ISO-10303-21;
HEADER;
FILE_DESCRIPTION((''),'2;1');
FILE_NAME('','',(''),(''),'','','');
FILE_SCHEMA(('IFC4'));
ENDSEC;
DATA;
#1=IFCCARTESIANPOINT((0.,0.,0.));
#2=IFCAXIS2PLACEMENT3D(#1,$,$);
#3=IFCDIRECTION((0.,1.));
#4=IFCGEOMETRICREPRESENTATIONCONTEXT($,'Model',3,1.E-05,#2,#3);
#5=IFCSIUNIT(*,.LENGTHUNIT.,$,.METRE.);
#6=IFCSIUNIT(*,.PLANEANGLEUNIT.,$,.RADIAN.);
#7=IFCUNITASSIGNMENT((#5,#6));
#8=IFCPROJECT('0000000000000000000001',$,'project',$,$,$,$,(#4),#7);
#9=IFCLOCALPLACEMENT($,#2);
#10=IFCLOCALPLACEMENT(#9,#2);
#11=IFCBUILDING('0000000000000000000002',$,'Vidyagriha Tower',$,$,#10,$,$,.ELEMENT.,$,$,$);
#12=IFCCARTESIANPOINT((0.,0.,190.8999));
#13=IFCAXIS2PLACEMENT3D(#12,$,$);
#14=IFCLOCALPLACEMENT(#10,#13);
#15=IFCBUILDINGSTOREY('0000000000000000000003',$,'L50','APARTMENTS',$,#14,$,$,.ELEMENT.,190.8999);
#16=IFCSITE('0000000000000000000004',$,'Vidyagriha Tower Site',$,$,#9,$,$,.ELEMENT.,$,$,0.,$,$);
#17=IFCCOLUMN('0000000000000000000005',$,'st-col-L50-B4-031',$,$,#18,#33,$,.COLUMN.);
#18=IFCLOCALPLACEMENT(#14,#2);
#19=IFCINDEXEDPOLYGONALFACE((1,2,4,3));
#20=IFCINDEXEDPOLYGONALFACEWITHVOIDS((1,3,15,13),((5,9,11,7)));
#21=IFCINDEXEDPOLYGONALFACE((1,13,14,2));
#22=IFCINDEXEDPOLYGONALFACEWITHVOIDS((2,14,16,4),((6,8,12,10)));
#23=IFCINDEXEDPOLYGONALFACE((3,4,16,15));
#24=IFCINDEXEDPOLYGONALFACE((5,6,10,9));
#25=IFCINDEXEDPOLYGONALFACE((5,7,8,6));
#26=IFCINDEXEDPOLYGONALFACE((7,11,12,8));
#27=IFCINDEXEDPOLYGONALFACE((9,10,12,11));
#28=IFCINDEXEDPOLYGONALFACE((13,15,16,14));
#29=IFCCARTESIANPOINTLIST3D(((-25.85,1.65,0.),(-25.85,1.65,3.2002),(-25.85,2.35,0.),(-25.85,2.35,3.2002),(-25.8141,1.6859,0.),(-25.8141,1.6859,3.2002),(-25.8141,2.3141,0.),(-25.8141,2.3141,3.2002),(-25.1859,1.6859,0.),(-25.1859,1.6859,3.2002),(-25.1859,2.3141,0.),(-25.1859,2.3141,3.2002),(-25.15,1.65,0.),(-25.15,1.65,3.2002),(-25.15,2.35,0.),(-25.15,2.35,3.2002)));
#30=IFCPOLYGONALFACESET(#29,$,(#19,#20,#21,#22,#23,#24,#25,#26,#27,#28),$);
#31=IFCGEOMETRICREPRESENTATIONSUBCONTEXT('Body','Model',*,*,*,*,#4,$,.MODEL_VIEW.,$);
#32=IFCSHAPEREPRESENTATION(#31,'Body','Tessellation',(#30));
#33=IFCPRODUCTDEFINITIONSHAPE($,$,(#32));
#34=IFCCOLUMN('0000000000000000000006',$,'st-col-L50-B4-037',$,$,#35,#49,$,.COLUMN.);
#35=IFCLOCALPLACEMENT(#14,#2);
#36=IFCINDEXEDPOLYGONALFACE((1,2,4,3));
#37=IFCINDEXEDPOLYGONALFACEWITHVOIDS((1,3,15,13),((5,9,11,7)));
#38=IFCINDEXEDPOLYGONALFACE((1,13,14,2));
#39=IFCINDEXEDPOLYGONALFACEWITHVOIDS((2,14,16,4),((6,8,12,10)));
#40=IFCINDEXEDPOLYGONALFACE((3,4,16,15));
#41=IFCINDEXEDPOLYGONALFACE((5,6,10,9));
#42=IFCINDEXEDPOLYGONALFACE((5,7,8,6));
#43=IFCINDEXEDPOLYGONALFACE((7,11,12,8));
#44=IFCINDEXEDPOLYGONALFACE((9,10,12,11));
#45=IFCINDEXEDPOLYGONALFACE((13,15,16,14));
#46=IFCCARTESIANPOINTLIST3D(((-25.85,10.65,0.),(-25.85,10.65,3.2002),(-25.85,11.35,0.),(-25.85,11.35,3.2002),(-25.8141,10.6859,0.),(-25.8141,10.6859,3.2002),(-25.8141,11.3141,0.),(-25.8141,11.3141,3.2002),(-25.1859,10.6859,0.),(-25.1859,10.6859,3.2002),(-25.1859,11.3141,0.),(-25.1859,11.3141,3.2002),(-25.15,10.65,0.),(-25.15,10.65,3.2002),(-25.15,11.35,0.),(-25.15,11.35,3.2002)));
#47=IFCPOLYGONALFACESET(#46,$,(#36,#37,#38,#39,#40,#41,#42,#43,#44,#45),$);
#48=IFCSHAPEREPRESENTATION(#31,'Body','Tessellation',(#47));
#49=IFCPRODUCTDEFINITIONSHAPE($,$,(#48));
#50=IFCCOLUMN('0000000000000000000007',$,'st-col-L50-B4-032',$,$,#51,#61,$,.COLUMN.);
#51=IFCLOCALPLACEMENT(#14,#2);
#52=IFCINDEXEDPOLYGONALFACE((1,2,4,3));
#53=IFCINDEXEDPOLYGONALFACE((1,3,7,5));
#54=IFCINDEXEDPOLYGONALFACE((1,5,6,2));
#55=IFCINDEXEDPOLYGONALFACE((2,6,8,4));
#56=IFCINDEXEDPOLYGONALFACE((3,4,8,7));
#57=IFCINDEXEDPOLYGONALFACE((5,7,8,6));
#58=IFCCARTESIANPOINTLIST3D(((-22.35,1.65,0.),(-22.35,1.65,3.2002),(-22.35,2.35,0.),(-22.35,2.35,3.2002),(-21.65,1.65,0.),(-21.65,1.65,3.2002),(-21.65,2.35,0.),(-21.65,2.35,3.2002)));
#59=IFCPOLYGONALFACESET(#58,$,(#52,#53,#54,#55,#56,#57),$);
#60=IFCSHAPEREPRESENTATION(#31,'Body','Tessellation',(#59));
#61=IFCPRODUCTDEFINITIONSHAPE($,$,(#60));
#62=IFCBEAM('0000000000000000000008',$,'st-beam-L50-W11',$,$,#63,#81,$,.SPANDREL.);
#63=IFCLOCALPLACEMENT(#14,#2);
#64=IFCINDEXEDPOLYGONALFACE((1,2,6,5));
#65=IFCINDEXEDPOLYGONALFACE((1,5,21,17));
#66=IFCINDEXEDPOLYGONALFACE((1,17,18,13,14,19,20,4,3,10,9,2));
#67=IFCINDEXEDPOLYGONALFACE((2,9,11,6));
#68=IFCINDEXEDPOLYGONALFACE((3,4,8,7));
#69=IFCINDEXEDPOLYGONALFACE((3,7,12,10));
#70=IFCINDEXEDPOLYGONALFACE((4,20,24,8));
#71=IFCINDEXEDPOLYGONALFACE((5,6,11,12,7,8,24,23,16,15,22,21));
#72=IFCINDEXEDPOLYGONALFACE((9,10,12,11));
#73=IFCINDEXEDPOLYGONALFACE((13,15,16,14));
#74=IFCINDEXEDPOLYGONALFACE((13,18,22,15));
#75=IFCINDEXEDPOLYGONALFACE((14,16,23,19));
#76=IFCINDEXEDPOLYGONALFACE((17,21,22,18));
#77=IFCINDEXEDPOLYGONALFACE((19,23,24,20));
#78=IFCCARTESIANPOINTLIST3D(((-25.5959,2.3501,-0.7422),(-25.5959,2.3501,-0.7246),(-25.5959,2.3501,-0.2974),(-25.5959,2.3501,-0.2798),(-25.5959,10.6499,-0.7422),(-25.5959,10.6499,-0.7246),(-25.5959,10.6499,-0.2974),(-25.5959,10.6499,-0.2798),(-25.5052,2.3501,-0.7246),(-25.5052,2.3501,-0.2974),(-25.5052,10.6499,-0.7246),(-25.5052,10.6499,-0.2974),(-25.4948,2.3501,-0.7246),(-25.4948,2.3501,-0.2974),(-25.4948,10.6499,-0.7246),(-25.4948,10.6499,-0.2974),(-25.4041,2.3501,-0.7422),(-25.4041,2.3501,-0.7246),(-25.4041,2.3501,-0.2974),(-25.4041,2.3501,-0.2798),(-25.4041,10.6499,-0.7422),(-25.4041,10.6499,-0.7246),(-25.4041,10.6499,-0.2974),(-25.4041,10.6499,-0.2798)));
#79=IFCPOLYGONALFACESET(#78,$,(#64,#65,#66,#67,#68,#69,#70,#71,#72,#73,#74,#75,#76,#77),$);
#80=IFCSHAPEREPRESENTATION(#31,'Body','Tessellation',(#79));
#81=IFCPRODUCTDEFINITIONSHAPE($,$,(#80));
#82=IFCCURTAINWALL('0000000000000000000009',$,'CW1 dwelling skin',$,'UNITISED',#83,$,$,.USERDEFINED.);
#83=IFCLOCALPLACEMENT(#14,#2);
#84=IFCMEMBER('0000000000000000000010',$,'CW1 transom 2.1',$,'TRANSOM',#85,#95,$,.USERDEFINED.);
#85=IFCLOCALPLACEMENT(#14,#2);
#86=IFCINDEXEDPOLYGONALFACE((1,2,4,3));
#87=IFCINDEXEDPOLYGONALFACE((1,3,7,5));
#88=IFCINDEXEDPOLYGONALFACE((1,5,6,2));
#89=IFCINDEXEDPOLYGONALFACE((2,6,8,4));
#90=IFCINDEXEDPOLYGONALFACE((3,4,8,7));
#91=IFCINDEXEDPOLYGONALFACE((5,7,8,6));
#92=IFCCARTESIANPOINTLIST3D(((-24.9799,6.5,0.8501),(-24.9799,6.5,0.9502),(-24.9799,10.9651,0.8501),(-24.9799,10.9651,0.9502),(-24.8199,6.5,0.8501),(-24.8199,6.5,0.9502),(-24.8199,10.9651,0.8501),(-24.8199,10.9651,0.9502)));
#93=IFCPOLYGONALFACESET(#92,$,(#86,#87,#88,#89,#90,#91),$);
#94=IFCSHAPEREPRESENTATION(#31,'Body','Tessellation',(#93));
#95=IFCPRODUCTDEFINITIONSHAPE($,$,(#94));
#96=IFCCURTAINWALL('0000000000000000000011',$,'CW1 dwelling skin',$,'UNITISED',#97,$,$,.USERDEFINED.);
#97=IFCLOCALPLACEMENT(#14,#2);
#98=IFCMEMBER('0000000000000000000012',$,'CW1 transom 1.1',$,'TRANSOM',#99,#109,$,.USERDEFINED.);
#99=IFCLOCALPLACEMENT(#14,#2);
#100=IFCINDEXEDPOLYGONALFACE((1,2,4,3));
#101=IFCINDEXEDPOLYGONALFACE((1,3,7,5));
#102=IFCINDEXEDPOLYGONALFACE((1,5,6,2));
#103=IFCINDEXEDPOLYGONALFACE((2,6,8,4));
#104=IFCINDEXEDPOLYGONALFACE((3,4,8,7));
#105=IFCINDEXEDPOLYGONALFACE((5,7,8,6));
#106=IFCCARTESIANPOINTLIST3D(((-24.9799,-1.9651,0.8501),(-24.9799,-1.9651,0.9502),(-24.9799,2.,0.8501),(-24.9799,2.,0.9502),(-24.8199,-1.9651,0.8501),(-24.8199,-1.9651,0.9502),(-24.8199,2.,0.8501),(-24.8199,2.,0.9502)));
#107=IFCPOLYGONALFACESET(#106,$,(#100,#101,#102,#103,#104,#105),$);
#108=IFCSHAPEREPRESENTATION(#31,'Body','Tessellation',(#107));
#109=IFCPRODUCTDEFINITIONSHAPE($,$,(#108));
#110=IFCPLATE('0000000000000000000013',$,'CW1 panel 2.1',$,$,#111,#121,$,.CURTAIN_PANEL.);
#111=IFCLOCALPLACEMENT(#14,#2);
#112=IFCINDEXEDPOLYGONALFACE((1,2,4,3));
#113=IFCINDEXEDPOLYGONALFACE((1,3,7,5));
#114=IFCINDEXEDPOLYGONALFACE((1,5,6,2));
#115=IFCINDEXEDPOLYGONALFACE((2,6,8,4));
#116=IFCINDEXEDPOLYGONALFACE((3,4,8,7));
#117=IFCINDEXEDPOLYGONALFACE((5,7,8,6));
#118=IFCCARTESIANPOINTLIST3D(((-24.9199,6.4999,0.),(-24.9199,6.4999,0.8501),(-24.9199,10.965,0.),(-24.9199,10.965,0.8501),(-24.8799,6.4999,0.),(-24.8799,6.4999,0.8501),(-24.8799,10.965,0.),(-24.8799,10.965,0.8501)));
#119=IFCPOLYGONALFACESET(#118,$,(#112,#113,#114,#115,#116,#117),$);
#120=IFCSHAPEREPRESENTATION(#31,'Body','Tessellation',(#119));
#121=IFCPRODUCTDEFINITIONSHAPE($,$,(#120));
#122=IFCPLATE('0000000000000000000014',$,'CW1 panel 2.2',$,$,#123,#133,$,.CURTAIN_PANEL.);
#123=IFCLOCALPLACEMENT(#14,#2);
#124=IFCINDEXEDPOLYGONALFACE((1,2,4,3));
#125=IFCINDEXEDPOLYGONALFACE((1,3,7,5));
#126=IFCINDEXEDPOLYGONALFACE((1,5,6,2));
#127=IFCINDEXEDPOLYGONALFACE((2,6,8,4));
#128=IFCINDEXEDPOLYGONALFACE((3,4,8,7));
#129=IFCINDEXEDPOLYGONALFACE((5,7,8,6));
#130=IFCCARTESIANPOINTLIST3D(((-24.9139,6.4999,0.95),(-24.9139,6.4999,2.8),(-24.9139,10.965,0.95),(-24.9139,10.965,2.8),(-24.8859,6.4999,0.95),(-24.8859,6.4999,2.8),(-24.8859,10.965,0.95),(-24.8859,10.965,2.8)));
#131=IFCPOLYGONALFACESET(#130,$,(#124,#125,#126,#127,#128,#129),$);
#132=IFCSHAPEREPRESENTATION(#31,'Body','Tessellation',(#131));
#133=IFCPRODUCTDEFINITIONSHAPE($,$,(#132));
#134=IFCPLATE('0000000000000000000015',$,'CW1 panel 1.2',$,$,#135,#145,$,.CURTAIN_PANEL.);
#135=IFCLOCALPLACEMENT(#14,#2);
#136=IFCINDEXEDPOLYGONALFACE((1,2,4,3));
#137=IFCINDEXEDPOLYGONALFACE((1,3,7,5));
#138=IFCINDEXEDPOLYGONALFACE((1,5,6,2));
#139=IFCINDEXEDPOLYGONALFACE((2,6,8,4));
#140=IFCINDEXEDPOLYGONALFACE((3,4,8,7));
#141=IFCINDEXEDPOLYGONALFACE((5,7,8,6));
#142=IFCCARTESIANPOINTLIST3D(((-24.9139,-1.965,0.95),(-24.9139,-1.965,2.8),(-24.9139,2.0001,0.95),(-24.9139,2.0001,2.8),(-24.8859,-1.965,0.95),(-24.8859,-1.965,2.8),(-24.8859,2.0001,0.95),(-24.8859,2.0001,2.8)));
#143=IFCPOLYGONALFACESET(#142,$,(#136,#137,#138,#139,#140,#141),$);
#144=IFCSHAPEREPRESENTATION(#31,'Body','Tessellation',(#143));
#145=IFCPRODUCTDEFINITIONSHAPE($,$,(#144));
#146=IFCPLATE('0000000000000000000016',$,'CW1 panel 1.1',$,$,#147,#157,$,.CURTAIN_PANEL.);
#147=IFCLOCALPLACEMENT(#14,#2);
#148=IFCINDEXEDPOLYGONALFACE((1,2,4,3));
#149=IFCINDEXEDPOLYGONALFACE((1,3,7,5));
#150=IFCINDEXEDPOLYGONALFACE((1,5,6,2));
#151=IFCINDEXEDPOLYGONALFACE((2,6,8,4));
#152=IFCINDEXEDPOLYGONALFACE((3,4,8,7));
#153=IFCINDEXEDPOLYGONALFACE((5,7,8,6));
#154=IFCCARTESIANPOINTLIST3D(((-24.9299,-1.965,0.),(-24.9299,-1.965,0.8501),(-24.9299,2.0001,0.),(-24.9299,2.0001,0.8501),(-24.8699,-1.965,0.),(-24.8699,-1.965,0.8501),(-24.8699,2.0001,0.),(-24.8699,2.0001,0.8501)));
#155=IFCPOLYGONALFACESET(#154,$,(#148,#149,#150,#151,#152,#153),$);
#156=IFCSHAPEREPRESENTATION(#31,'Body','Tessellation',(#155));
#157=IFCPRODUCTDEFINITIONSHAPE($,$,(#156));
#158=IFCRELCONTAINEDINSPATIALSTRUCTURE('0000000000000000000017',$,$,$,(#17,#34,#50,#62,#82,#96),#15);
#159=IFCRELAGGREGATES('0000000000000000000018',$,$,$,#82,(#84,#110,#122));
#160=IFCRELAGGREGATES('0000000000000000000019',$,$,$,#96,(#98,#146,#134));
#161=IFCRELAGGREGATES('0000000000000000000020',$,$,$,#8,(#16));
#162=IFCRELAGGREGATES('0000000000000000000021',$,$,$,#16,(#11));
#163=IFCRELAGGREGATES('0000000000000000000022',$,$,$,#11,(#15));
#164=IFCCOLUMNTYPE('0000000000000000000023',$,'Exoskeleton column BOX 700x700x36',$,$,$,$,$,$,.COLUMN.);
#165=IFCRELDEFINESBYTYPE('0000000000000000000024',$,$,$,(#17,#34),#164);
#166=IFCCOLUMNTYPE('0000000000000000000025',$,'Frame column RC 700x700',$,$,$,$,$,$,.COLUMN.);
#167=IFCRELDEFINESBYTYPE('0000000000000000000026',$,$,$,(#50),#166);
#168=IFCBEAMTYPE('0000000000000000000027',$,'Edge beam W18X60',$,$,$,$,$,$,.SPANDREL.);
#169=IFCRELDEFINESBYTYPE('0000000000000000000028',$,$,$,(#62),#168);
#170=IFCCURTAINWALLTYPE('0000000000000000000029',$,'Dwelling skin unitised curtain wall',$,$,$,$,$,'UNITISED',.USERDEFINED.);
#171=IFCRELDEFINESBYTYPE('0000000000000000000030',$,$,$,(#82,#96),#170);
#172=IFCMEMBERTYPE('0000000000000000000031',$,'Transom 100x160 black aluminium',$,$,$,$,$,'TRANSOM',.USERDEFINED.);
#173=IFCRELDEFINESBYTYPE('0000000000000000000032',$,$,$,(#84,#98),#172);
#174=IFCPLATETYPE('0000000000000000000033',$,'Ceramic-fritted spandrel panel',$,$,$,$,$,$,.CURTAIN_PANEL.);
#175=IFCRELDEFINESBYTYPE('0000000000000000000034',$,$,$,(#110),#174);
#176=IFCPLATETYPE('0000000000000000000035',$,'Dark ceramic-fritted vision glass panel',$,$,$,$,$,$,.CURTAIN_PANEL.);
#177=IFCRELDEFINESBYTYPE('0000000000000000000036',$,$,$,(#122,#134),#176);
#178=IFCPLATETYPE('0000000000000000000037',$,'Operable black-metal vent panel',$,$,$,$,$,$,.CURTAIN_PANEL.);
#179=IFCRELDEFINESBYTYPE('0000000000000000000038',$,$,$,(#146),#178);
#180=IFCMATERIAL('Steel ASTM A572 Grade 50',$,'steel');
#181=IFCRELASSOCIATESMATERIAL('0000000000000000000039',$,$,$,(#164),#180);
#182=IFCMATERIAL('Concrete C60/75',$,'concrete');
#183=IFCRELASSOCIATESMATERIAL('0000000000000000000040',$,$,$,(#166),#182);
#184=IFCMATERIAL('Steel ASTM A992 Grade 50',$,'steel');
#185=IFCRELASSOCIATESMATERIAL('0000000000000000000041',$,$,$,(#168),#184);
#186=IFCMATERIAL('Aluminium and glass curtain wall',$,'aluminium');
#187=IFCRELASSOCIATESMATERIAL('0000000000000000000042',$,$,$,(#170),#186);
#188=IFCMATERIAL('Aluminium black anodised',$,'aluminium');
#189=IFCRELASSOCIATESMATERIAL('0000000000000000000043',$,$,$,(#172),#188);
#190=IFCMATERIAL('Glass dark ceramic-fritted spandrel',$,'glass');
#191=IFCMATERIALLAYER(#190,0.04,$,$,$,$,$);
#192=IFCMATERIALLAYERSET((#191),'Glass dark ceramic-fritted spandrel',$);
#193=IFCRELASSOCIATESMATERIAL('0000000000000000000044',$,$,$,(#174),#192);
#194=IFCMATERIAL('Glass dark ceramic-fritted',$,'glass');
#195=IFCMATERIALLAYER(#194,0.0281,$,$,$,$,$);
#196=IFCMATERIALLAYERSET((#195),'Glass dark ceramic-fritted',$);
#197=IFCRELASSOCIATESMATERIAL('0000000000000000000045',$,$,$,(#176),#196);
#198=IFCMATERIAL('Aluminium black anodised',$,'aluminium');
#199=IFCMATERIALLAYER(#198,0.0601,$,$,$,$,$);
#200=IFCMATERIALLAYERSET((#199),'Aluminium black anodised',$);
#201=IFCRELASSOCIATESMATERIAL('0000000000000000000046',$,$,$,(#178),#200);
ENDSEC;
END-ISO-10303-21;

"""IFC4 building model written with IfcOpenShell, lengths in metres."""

from ifc_helpers import new_model, si_unit, direction, frame, origin, origin_2d, place, context, subcontext, project, spatial, rectangle, hollow_rectangle, i_section, extrude, material, layer, layer_set, material_profile, profile_set, type_object, element, aggregate, save


model = new_model("IFC4")

# Units and contexts
model_context = context("Model", 3, precision=1e-05, world=origin(), true_north=direction((0.0, 1.0)))
body_context = subcontext(model_context, "Body", "Model", "MODEL_VIEW")
ifc_project = project(units=[si_unit("LENGTHUNIT", "METRE"), si_unit("PLANEANGLEUNIT", "RADIAN")], contexts=[model_context])

# Site, building, storey
site_placement = place(None, origin())
site = spatial("IfcSite", under=ifc_project, at=site_placement, Name="Vidyagriha Tower Site", CompositionType="ELEMENT", RefElevation=0.0)
building_placement = place(site_placement, origin())
building = spatial("IfcBuilding", under=site, at=building_placement, Name="Vidyagriha Tower", CompositionType="ELEMENT")
storey_placement = place(building_placement, frame((0.0, 0.0, 190.8999)))
storey = spatial("IfcBuildingStorey", under=building, at=storey_placement, Name="L50", Description="APARTMENTS", CompositionType="ELEMENT", Elevation=190.8999)

# Columns
ifc_material_1 = material(Name="Steel ASTM A572 Grade 50", Category="steel")
ifc_material_profile_1 = material_profile(ifc_material_1, hollow_rectangle(XDim=0.7, YDim=0.7, WallThickness=0.0359, at=origin_2d()), Name="BOX 700x700x36")
ifc_profile_set_1 = profile_set([ifc_material_profile_1], Name="Steel ASTM A572 Grade 50")
column_type_1 = type_object("IfcColumnType", Name="Exoskeleton column BOX 700x700x36", PredefinedType="COLUMN", material=ifc_profile_set_1)
for number, where, name in (
    (1, (-25.5, 2.0, 0.0), "st-col-L50-B4-031"),
    (2, (-25.5, 11.0, 0.0), "st-col-L50-B4-037"),
):
    element("IfcColumn", number, at=place(storey_placement, frame(where)), inside=storey, type_object=column_type_1, Name=name, PredefinedType="COLUMN", context=body_context, shape_type="SweptSolid", body=[
        extrude(hollow_rectangle(XDim=0.7, YDim=0.7, WallThickness=0.0359, at=origin_2d()), origin(), (0.0, 0.0, 1.0), 3.2002),
    ])
ifc_material_2 = material(Name="Concrete C60/75", Category="concrete")
ifc_material_profile_2 = material_profile(ifc_material_2, rectangle(XDim=0.7, YDim=0.7, at=origin_2d()), Name="RC 700x700")
ifc_profile_set_2 = profile_set([ifc_material_profile_2], Name="Concrete C60/75")
column_type_2 = type_object("IfcColumnType", Name="Frame column RC 700x700", PredefinedType="COLUMN", material=ifc_profile_set_2)
column_placement = place(storey_placement, frame((-22.0, 2.0, 0.0)))
element("IfcColumn", 3, at=column_placement, inside=storey, type_object=column_type_2, Name="st-col-L50-B4-032", PredefinedType="COLUMN", context=body_context, shape_type="SweptSolid", body=[
    extrude(rectangle(XDim=0.7, YDim=0.7, at=origin_2d()), origin(), (0.0, 0.0, 1.0), 3.2002),
])

# Beam
ifc_material_3 = material(Name="Steel ASTM A992 Grade 50", Category="steel")
ifc_material_profile_3 = material_profile(ifc_material_3, i_section(OverallWidth=0.1919, OverallDepth=0.4624, WebThickness=0.0105, FlangeThickness=0.0176, at=origin_2d()), Name="W18X60")
ifc_profile_set_3 = profile_set([ifc_material_profile_3], Name="Steel ASTM A992 Grade 50")
beam_type = type_object("IfcBeamType", Name="Edge beam W18X60", PredefinedType="SPANDREL", material=ifc_profile_set_3)
beam_placement = place(storey_placement, frame((-25.5, 2.3501, -0.511), z_axis=(0.0, 1.0, 0.0), x_axis=(-1.0, 0.0, 0.0)))
element("IfcBeam", 4, at=beam_placement, inside=storey, type_object=beam_type, Name="st-beam-L50-W11", PredefinedType="SPANDREL", context=body_context, shape_type="SweptSolid", body=[
    extrude(i_section(OverallWidth=0.1919, OverallDepth=0.4624, WebThickness=0.0105, FlangeThickness=0.0176, at=origin_2d()), origin(), (0.0, 0.0, 1.0), 8.2998),
])

# Curtain walls, members
ifc_material_4 = material(Name="Aluminium and glass curtain wall", Category="aluminium")
curtain_wall_type = type_object("IfcCurtainWallType", Name="Dwelling skin unitised curtain wall", ElementType="UNITISED", PredefinedType="USERDEFINED", material=ifc_material_4)
curtain_wall_1_placement = place(storey_placement, origin())
curtain_wall_1 = element("IfcCurtainWall", 5, at=curtain_wall_1_placement, inside=storey, type_object=curtain_wall_type, Name="CW1 dwelling skin", ObjectType="UNITISED", PredefinedType="USERDEFINED")
ifc_material_5 = material(Name="Aluminium black anodised", Category="aluminium")
ifc_material_profile_4 = material_profile(ifc_material_5, rectangle(XDim=0.1599, YDim=0.1001, at=origin_2d()), Name="Transom 100x160 black aluminium")
ifc_profile_set_4 = profile_set([ifc_material_profile_4], Name="Aluminium black anodised")
member_type = type_object("IfcMemberType", Name="Transom 100x160 black aluminium", ElementType="TRANSOM", PredefinedType="USERDEFINED", material=ifc_profile_set_4)
member_1_placement = place(storey_placement, frame((-24.8999, 10.9651, 0.9001), z_axis=(0.0, -1.0, 0.0), x_axis=(1.0, 0.0, 0.0)))
member_1 = element("IfcMember", 6, at=member_1_placement, type_object=member_type, Name="CW1 transom 2.1", ObjectType="TRANSOM", PredefinedType="USERDEFINED", context=body_context, shape_type="SweptSolid", body=[
    extrude(rectangle(XDim=0.1599, YDim=0.1001, at=origin_2d()), origin(), (0.0, 0.0, 1.0), 4.4651),
])
curtain_wall_2_placement = place(storey_placement, origin())
curtain_wall_2 = element("IfcCurtainWall", 7, at=curtain_wall_2_placement, inside=storey, type_object=curtain_wall_type, Name="CW1 dwelling skin", ObjectType="UNITISED", PredefinedType="USERDEFINED")
member_2_placement = place(storey_placement, frame((-24.8999, 2.0, 0.9001), z_axis=(0.0, -1.0, 0.0), x_axis=(1.0, 0.0, 0.0)))
member_2 = element("IfcMember", 8, at=member_2_placement, type_object=member_type, Name="CW1 transom 1.1", ObjectType="TRANSOM", PredefinedType="USERDEFINED", context=body_context, shape_type="SweptSolid", body=[
    extrude(rectangle(XDim=0.1599, YDim=0.1001, at=origin_2d()), origin(), (0.0, 0.0, 1.0), 3.9651),
])

# Plates
ifc_material_6 = material(Name="Glass dark ceramic-fritted spandrel", Category="glass")
ifc_layer_1 = layer(ifc_material_6, 0.04)
ifc_layer_set_1 = layer_set([ifc_layer_1], Name="Glass dark ceramic-fritted spandrel")
plate_type_1 = type_object("IfcPlateType", Name="Ceramic-fritted spandrel panel", PredefinedType="CURTAIN_PANEL", material=ifc_layer_set_1)
plate_1_placement = place(storey_placement, frame((-24.8999, 8.7324, 0.0), z_axis=(0.0, 0.0, 1.0), x_axis=(0.0, -1.0, 0.0)))
plate_1 = element("IfcPlate", 9, at=plate_1_placement, type_object=plate_type_1, Name="CW1 panel 2.1", PredefinedType="CURTAIN_PANEL", context=body_context, shape_type="SweptSolid", body=[
    extrude(rectangle(XDim=4.4651, YDim=0.04, at=origin_2d()), origin(), (0.0, 0.0, 1.0), 0.8501),
])
ifc_material_7 = material(Name="Glass dark ceramic-fritted", Category="glass")
ifc_layer_2 = layer(ifc_material_7, 0.0281)
ifc_layer_set_2 = layer_set([ifc_layer_2], Name="Glass dark ceramic-fritted")
plate_type_2 = type_object("IfcPlateType", Name="Dark ceramic-fritted vision glass panel", PredefinedType="CURTAIN_PANEL", material=ifc_layer_set_2)
plate_2_placement = place(storey_placement, frame((-24.8999, 8.7324, 0.95), z_axis=(0.0, 0.0, 1.0), x_axis=(0.0, -1.0, 0.0)))
plate_2 = element("IfcPlate", 10, at=plate_2_placement, type_object=plate_type_2, Name="CW1 panel 2.2", PredefinedType="CURTAIN_PANEL", context=body_context, shape_type="SweptSolid", body=[
    extrude(rectangle(XDim=4.4651, YDim=0.0281, at=origin_2d()), origin(), (0.0, 0.0, 1.0), 1.8501),
])
aggregate(curtain_wall_1, [member_1, plate_1, plate_2])
plate_3_placement = place(storey_placement, frame((-24.8999, 0.0176, 0.95), z_axis=(0.0, 0.0, 1.0), x_axis=(0.0, -1.0, 0.0)))
plate_3 = element("IfcPlate", 11, at=plate_3_placement, type_object=plate_type_2, Name="CW1 panel 1.2", PredefinedType="CURTAIN_PANEL", context=body_context, shape_type="SweptSolid", body=[
    extrude(rectangle(XDim=3.9651, YDim=0.0281, at=origin_2d()), origin(), (0.0, 0.0, 1.0), 1.8501),
])
ifc_material_8 = material(Name="Aluminium black anodised", Category="aluminium")
ifc_layer_3 = layer(ifc_material_8, 0.0601)
ifc_layer_set_3 = layer_set([ifc_layer_3], Name="Aluminium black anodised")
plate_type_3 = type_object("IfcPlateType", Name="Operable black-metal vent panel", PredefinedType="CURTAIN_PANEL", material=ifc_layer_set_3)
plate_4_placement = place(storey_placement, frame((-24.8999, 0.0176, 0.0), z_axis=(0.0, 0.0, 1.0), x_axis=(0.0, -1.0, 0.0)))
plate_4 = element("IfcPlate", 12, at=plate_4_placement, type_object=plate_type_3, Name="CW1 panel 1.1", PredefinedType="CURTAIN_PANEL", context=body_context, shape_type="SweptSolid", body=[
    extrude(rectangle(XDim=3.9651, YDim=0.0601, at=origin_2d()), origin(), (0.0, 0.0, 1.0), 0.8501),
])
aggregate(curtain_wall_2, [member_2, plate_4, plate_3])

save(model, "model.ifc")
